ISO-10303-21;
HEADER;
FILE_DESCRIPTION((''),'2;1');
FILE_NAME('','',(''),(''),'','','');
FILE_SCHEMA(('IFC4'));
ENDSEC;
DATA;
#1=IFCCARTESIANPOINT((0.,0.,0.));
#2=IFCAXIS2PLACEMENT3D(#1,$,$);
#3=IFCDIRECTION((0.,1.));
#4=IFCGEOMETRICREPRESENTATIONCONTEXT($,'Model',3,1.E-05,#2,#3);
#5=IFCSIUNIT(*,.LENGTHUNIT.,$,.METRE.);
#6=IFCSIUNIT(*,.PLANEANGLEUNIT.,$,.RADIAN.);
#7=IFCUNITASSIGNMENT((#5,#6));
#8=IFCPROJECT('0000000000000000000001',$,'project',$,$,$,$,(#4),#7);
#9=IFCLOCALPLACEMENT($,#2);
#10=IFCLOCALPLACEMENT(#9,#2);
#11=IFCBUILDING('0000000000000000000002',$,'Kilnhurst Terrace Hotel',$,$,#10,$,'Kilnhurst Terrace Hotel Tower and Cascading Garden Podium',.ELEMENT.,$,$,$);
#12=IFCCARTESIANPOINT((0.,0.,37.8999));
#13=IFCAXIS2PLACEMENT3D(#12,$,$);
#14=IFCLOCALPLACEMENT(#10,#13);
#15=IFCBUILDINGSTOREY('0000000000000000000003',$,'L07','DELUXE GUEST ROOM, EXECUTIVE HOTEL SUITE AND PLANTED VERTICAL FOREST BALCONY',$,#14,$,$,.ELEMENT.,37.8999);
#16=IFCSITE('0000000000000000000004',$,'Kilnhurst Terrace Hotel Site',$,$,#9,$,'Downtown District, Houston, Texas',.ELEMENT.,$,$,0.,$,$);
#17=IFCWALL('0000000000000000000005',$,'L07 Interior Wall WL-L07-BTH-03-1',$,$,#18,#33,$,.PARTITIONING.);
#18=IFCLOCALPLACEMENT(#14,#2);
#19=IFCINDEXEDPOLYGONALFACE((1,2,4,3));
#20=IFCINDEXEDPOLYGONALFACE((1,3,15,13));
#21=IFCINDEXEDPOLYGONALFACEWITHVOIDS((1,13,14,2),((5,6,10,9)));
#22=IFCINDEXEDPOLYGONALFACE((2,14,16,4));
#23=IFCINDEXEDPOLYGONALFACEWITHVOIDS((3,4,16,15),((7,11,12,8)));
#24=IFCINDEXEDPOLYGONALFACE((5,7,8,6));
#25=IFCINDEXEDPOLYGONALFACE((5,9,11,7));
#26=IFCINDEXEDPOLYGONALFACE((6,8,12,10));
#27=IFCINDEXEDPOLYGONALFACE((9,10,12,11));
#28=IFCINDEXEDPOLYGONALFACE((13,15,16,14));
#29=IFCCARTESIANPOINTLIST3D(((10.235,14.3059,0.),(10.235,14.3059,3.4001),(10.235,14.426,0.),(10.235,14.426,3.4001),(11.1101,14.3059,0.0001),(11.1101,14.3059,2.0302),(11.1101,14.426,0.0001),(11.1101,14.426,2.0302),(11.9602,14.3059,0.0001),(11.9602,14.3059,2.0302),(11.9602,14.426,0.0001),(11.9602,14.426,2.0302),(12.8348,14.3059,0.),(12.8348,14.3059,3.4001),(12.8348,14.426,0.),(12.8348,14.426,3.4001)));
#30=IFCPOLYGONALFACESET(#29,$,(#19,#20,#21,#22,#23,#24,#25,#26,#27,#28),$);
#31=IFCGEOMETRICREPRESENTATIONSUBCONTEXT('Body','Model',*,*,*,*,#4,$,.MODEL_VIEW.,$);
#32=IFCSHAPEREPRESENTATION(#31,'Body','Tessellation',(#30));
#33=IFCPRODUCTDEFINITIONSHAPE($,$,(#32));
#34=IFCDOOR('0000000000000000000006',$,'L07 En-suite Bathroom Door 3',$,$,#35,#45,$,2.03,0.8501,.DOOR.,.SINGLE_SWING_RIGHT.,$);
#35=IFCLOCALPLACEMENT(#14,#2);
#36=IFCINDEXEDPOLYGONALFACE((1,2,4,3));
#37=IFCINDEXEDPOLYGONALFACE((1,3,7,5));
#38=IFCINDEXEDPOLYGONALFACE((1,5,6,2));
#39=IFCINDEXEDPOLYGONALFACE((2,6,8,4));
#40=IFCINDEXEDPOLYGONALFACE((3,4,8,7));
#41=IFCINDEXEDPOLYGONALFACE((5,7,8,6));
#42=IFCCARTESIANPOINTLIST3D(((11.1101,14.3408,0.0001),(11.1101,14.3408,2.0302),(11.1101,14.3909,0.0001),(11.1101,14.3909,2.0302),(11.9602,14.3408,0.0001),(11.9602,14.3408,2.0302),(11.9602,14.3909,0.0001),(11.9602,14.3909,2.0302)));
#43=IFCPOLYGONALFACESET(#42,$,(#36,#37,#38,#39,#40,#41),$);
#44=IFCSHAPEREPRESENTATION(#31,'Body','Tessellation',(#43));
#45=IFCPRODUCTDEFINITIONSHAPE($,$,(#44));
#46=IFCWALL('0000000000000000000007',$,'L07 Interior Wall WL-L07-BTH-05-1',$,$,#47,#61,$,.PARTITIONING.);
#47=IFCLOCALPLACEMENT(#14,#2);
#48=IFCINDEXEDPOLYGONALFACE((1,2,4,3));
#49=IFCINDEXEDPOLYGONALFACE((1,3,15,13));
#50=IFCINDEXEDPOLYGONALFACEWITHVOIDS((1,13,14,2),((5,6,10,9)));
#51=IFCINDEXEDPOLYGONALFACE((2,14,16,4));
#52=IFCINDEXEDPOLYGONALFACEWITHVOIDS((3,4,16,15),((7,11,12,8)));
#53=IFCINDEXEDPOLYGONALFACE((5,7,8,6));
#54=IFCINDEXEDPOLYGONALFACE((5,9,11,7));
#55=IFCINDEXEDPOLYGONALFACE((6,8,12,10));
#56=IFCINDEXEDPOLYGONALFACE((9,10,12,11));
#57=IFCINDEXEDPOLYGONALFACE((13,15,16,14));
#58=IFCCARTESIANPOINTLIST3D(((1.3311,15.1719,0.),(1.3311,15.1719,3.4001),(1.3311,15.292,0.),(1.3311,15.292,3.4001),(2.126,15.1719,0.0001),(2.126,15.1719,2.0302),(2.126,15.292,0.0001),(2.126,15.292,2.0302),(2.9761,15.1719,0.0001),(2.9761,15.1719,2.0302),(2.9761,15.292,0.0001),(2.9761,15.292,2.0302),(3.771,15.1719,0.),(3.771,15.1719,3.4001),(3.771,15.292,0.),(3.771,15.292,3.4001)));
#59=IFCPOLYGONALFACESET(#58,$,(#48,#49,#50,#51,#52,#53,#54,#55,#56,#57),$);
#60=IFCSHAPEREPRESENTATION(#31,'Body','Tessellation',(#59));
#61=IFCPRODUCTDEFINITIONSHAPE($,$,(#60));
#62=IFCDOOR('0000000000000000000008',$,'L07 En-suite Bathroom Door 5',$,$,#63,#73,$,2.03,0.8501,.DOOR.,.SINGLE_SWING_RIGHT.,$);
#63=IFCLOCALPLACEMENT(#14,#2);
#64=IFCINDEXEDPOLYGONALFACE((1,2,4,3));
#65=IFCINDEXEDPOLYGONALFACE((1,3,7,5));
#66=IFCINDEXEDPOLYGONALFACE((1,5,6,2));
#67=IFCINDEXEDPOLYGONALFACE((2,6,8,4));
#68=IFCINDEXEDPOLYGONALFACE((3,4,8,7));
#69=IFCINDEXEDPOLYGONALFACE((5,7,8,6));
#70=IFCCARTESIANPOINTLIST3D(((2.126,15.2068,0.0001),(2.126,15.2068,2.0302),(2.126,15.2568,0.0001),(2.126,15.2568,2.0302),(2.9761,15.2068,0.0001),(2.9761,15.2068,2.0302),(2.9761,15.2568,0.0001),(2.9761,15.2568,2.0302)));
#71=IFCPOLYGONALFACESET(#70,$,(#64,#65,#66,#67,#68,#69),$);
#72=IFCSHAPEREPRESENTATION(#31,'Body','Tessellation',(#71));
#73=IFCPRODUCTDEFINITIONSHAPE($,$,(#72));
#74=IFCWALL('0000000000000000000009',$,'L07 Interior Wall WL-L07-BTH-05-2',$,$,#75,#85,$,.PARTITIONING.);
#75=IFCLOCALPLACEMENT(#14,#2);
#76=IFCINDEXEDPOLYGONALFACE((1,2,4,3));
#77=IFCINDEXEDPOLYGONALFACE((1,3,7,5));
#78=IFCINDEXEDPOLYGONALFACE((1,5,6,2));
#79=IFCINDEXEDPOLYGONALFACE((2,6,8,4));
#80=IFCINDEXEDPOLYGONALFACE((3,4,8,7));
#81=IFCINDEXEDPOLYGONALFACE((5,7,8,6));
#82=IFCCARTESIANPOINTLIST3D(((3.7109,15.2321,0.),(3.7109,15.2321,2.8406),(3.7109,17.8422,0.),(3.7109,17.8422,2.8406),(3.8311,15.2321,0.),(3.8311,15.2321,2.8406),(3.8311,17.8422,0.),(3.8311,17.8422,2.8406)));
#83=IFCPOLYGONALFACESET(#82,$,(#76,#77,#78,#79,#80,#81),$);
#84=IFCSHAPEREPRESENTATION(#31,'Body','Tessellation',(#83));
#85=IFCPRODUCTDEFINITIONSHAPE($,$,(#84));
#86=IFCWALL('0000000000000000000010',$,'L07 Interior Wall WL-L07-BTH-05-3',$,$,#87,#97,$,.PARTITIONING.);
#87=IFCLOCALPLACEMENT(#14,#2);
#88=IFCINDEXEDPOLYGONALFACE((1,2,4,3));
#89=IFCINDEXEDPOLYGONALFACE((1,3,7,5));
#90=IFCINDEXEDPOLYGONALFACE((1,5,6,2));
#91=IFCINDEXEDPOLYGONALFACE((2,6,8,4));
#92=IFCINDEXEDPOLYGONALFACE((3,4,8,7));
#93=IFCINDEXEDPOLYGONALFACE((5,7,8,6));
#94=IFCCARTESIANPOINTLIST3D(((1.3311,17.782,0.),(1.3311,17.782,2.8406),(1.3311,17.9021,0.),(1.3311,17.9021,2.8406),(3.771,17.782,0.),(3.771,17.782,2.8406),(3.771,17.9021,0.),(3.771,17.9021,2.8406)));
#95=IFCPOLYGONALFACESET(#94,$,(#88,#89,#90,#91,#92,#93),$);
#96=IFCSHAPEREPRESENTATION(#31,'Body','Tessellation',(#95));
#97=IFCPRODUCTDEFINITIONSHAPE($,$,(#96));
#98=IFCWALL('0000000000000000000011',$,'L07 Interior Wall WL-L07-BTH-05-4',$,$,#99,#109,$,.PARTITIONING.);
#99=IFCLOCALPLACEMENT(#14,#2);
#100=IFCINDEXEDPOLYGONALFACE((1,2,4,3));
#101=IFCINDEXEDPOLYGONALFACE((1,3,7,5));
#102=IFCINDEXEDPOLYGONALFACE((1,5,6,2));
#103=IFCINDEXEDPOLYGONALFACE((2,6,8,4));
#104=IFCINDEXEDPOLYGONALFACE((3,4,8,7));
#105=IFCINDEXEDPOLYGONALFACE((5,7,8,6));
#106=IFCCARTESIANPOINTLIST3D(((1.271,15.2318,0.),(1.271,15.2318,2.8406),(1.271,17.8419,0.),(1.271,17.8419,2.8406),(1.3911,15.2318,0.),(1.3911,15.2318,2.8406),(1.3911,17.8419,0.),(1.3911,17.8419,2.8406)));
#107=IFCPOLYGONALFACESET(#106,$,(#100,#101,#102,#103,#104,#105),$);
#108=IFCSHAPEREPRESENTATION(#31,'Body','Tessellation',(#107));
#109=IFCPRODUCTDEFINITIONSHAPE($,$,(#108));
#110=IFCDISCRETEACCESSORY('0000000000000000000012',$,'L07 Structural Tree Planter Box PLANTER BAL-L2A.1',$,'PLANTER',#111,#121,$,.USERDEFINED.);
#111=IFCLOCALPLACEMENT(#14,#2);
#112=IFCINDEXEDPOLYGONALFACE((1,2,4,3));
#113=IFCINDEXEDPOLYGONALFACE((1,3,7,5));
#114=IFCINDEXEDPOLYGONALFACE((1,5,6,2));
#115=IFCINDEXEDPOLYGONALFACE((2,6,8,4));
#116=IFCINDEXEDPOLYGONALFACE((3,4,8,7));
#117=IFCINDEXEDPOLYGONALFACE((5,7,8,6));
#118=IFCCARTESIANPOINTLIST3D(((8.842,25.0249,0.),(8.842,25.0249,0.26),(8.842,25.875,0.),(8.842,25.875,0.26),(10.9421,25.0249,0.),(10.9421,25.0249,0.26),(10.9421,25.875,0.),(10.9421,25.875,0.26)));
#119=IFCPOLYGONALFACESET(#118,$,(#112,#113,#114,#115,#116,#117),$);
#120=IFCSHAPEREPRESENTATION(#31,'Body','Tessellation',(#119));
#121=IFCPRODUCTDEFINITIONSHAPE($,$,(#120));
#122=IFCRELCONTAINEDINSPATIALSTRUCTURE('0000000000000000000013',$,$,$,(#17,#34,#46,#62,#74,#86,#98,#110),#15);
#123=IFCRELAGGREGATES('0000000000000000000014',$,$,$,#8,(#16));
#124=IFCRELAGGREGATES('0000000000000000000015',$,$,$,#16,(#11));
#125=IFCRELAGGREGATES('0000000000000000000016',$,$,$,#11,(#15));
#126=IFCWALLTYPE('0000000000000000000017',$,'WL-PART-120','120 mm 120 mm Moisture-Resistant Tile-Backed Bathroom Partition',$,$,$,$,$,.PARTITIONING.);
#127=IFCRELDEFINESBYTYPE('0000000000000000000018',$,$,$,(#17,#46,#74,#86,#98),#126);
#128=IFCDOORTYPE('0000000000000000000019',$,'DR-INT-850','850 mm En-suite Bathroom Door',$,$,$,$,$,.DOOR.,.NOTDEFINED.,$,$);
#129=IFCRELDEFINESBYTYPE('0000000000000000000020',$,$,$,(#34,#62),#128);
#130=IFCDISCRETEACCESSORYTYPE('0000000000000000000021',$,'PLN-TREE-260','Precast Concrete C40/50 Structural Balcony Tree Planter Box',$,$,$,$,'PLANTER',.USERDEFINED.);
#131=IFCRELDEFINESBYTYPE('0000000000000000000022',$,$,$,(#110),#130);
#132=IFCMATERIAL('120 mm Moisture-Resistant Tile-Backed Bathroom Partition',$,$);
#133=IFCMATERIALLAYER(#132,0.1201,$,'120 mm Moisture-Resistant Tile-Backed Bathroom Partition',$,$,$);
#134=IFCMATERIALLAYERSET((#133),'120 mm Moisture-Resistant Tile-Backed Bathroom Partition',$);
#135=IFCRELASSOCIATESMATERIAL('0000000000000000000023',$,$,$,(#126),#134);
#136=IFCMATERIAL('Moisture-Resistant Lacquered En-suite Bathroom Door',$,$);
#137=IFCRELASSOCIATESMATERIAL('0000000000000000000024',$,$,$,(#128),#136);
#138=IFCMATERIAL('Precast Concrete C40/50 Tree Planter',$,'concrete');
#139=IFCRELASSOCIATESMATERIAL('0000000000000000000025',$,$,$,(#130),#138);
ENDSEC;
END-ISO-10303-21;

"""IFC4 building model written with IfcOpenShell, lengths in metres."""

from ifc_helpers import new_model, si_unit, direction, frame, frame_2d, origin, origin_2d, place, context, subcontext, project, spatial, rectangle, extrude, material, layer, layer_set, type_object, element, fill, save


model = new_model("IFC4")

# Units and contexts
model_context = context("Model", 3, precision=1e-05, world=origin(), true_north=direction((0.0, 1.0)))
body_context = subcontext(model_context, "Body", "Model", "MODEL_VIEW")
ifc_project = project(units=[si_unit("LENGTHUNIT", "METRE"), si_unit("PLANEANGLEUNIT", "RADIAN")], contexts=[model_context])

# Site, building, storey
site_placement = place(None, origin())
site = spatial("IfcSite", under=ifc_project, at=site_placement, Name="Kilnhurst Terrace Hotel Site", LongName="Downtown District, Houston, Texas", CompositionType="ELEMENT", RefElevation=0.0)
building_placement = place(site_placement, origin())
building = spatial("IfcBuilding", under=site, at=building_placement, Name="Kilnhurst Terrace Hotel", LongName="Kilnhurst Terrace Hotel Tower and Cascading Garden Podium", CompositionType="ELEMENT")
storey_placement = place(building_placement, frame((0.0, 0.0, 37.8999)))
storey = spatial("IfcBuildingStorey", under=building, at=storey_placement, Name="L07", Description="DELUXE GUEST ROOM, EXECUTIVE HOTEL SUITE AND PLANTED VERTICAL FOREST BALCONY", CompositionType="ELEMENT", Elevation=37.8999)

# Walls, openings, doors
ifc_material_1 = material(Name="120 mm Moisture-Resistant Tile-Backed Bathroom Partition")
ifc_layer_1 = layer(ifc_material_1, 0.1201, Name="120 mm Moisture-Resistant Tile-Backed Bathroom Partition")
ifc_layer_set_1 = layer_set([ifc_layer_1], Name="120 mm Moisture-Resistant Tile-Backed Bathroom Partition")
wall_type_1 = type_object("IfcWallType", Name="WL-PART-120", Description="120 mm 120 mm Moisture-Resistant Tile-Backed Bathroom Partition", PredefinedType="PARTITIONING", material=ifc_layer_set_1)
wall_1_placement = place(storey_placement, frame((10.2351, 14.366, 0.0), z_axis=(0.0, 0.0, 1.0), x_axis=(1.0, 0.0, 0.0)))
wall_1 = element("IfcWall", 1, at=wall_1_placement, inside=storey, type_object=wall_type_1, Name="L07 Interior Wall WL-L07-BTH-03-1", PredefinedType="PARTITIONING", context=body_context, shape_type="SweptSolid", body=[
    extrude(rectangle(XDim=2.5999, YDim=0.1201, at=frame_2d((1.2998, 0.0))), origin(), (0.0, 0.0, 1.0), 3.4001),
])
opening_1_placement = place(wall_1_placement, frame((0.875, 0.0, 0.0)))
opening_1 = element("IfcOpeningElement", 2, at=opening_1_placement, cuts=wall_1, PredefinedType="OPENING", context=body_context, shape_type="SweptSolid", body=[
    extrude(rectangle(XDim=0.8501, YDim=2.03, at=frame_2d((0.425, 1.0151))), frame((0.0, 0.0701, 0.0), z_axis=(0.0, -1.0, 0.0), x_axis=(1.0, 0.0, 0.0)), (0.0, 0.0, 1.0), 0.1401),
])
ifc_material_2 = material(Name="Moisture-Resistant Lacquered En-suite Bathroom Door")
door_type = type_object("IfcDoorType", Name="DR-INT-850", Description="850 mm En-suite Bathroom Door", OperationType="NOTDEFINED", PredefinedType="DOOR", material=ifc_material_2)
door_1_placement = place(opening_1_placement, origin())
door_1 = element("IfcDoor", 3, at=door_1_placement, inside=storey, type_object=door_type, Name="L07 En-suite Bathroom Door 3", OperationType="SINGLE_SWING_RIGHT", OverallHeight=2.03, OverallWidth=0.8501, PredefinedType="DOOR", context=body_context, shape_type="SweptSolid", body=[
    extrude(rectangle(XDim=0.8501, YDim=2.03, at=frame_2d((0.425, 1.0151))), frame((0.0, 0.0249, 0.0), z_axis=(0.0, -1.0, 0.0), x_axis=(1.0, 0.0, 0.0)), (0.0, 0.0, 1.0), 0.05),
])
fill(opening_1, door_1)
wall_2_placement = place(storey_placement, frame((1.3311, 15.2319, 0.0), z_axis=(0.0, 0.0, 1.0), x_axis=(1.0, 0.0, 0.0)))
wall_2 = element("IfcWall", 4, at=wall_2_placement, inside=storey, type_object=wall_type_1, Name="L07 Interior Wall WL-L07-BTH-05-1", PredefinedType="PARTITIONING", context=body_context, shape_type="SweptSolid", body=[
    extrude(rectangle(XDim=2.4399, YDim=0.1201, at=frame_2d((1.22, 0.0))), origin(), (0.0, 0.0, 1.0), 3.4001),
])
opening_2_placement = place(wall_2_placement, frame((0.7949, 0.0, 0.0)))
opening_2 = element("IfcOpeningElement", 5, at=opening_2_placement, cuts=wall_2, PredefinedType="OPENING", context=body_context, shape_type="SweptSolid", body=[
    extrude(rectangle(XDim=0.8501, YDim=2.03, at=frame_2d((0.425, 1.0151))), frame((0.0, 0.0701, 0.0), z_axis=(0.0, -1.0, 0.0), x_axis=(1.0, 0.0, 0.0)), (0.0, 0.0, 1.0), 0.1401),
])
door_2_placement = place(opening_2_placement, origin())
door_2 = element("IfcDoor", 6, at=door_2_placement, inside=storey, type_object=door_type, Name="L07 En-suite Bathroom Door 5", OperationType="SINGLE_SWING_RIGHT", OverallHeight=2.03, OverallWidth=0.8501, PredefinedType="DOOR", context=body_context, shape_type="SweptSolid", body=[
    extrude(rectangle(XDim=0.8501, YDim=2.03, at=frame_2d((0.425, 1.0151))), frame((0.0, 0.0249, 0.0), z_axis=(0.0, -1.0, 0.0), x_axis=(1.0, 0.0, 0.0)), (0.0, 0.0, 1.0), 0.05),
])
fill(opening_2, door_2)

# Walls
wall_3_placement = place(storey_placement, frame((3.771, 15.2319, 0.0), z_axis=(0.0, 0.0, 1.0), x_axis=(0.0, 1.0, 0.0)))
element("IfcWall", 7, at=wall_3_placement, inside=storey, type_object=wall_type_1, Name="L07 Interior Wall WL-L07-BTH-05-2", PredefinedType="PARTITIONING", context=body_context, shape_type="SweptSolid", body=[
    extrude(rectangle(XDim=2.6101, YDim=0.1201, at=frame_2d((1.3052, 0.0))), origin(), (0.0, 0.0, 1.0), 2.8406),
])
wall_4_placement = place(storey_placement, frame((3.771, 17.842, 0.0), z_axis=(0.0, 0.0, 1.0), x_axis=(-1.0, 0.0, 0.0)))
element("IfcWall", 8, at=wall_4_placement, inside=storey, type_object=wall_type_1, Name="L07 Interior Wall WL-L07-BTH-05-3", PredefinedType="PARTITIONING", context=body_context, shape_type="SweptSolid", body=[
    extrude(rectangle(XDim=2.4399, YDim=0.1201, at=frame_2d((1.22, 0.0))), origin(), (0.0, 0.0, 1.0), 2.8406),
])
wall_5_placement = place(storey_placement, frame((1.3311, 17.842, 0.0), z_axis=(0.0, 0.0, 1.0), x_axis=(0.0, -1.0, 0.0)))
element("IfcWall", 9, at=wall_5_placement, inside=storey, type_object=wall_type_1, Name="L07 Interior Wall WL-L07-BTH-05-4", PredefinedType="PARTITIONING", context=body_context, shape_type="SweptSolid", body=[
    extrude(rectangle(XDim=2.6101, YDim=0.1201, at=frame_2d((1.3052, 0.0))), origin(), (0.0, 0.0, 1.0), 2.8406),
])

# Discrete accessory
ifc_material_3 = material(Name="Precast Concrete C40/50 Tree Planter", Category="concrete")
discrete_accessory_type = type_object("IfcDiscreteAccessoryType", Name="PLN-TREE-260", Description="Precast Concrete C40/50 Structural Balcony Tree Planter Box", ElementType="PLANTER", PredefinedType="USERDEFINED", material=ifc_material_3)
discrete_accessory_placement = place(storey_placement, frame((9.8921, 25.45, 0.0), z_axis=(0.0, 0.0, 1.0), x_axis=(-1.0, 0.0, 0.0)))
element("IfcDiscreteAccessory", 10, at=discrete_accessory_placement, inside=storey, type_object=discrete_accessory_type, Name="L07 Structural Tree Planter Box PLANTER BAL-L2A.1", ObjectType="PLANTER", PredefinedType="USERDEFINED", context=body_context, shape_type="SweptSolid", body=[
    extrude(rectangle(XDim=2.1001, YDim=0.8501, at=origin_2d()), origin(), (0.0, 0.0, 1.0), 0.26),
])

save(model, "model.ifc")
